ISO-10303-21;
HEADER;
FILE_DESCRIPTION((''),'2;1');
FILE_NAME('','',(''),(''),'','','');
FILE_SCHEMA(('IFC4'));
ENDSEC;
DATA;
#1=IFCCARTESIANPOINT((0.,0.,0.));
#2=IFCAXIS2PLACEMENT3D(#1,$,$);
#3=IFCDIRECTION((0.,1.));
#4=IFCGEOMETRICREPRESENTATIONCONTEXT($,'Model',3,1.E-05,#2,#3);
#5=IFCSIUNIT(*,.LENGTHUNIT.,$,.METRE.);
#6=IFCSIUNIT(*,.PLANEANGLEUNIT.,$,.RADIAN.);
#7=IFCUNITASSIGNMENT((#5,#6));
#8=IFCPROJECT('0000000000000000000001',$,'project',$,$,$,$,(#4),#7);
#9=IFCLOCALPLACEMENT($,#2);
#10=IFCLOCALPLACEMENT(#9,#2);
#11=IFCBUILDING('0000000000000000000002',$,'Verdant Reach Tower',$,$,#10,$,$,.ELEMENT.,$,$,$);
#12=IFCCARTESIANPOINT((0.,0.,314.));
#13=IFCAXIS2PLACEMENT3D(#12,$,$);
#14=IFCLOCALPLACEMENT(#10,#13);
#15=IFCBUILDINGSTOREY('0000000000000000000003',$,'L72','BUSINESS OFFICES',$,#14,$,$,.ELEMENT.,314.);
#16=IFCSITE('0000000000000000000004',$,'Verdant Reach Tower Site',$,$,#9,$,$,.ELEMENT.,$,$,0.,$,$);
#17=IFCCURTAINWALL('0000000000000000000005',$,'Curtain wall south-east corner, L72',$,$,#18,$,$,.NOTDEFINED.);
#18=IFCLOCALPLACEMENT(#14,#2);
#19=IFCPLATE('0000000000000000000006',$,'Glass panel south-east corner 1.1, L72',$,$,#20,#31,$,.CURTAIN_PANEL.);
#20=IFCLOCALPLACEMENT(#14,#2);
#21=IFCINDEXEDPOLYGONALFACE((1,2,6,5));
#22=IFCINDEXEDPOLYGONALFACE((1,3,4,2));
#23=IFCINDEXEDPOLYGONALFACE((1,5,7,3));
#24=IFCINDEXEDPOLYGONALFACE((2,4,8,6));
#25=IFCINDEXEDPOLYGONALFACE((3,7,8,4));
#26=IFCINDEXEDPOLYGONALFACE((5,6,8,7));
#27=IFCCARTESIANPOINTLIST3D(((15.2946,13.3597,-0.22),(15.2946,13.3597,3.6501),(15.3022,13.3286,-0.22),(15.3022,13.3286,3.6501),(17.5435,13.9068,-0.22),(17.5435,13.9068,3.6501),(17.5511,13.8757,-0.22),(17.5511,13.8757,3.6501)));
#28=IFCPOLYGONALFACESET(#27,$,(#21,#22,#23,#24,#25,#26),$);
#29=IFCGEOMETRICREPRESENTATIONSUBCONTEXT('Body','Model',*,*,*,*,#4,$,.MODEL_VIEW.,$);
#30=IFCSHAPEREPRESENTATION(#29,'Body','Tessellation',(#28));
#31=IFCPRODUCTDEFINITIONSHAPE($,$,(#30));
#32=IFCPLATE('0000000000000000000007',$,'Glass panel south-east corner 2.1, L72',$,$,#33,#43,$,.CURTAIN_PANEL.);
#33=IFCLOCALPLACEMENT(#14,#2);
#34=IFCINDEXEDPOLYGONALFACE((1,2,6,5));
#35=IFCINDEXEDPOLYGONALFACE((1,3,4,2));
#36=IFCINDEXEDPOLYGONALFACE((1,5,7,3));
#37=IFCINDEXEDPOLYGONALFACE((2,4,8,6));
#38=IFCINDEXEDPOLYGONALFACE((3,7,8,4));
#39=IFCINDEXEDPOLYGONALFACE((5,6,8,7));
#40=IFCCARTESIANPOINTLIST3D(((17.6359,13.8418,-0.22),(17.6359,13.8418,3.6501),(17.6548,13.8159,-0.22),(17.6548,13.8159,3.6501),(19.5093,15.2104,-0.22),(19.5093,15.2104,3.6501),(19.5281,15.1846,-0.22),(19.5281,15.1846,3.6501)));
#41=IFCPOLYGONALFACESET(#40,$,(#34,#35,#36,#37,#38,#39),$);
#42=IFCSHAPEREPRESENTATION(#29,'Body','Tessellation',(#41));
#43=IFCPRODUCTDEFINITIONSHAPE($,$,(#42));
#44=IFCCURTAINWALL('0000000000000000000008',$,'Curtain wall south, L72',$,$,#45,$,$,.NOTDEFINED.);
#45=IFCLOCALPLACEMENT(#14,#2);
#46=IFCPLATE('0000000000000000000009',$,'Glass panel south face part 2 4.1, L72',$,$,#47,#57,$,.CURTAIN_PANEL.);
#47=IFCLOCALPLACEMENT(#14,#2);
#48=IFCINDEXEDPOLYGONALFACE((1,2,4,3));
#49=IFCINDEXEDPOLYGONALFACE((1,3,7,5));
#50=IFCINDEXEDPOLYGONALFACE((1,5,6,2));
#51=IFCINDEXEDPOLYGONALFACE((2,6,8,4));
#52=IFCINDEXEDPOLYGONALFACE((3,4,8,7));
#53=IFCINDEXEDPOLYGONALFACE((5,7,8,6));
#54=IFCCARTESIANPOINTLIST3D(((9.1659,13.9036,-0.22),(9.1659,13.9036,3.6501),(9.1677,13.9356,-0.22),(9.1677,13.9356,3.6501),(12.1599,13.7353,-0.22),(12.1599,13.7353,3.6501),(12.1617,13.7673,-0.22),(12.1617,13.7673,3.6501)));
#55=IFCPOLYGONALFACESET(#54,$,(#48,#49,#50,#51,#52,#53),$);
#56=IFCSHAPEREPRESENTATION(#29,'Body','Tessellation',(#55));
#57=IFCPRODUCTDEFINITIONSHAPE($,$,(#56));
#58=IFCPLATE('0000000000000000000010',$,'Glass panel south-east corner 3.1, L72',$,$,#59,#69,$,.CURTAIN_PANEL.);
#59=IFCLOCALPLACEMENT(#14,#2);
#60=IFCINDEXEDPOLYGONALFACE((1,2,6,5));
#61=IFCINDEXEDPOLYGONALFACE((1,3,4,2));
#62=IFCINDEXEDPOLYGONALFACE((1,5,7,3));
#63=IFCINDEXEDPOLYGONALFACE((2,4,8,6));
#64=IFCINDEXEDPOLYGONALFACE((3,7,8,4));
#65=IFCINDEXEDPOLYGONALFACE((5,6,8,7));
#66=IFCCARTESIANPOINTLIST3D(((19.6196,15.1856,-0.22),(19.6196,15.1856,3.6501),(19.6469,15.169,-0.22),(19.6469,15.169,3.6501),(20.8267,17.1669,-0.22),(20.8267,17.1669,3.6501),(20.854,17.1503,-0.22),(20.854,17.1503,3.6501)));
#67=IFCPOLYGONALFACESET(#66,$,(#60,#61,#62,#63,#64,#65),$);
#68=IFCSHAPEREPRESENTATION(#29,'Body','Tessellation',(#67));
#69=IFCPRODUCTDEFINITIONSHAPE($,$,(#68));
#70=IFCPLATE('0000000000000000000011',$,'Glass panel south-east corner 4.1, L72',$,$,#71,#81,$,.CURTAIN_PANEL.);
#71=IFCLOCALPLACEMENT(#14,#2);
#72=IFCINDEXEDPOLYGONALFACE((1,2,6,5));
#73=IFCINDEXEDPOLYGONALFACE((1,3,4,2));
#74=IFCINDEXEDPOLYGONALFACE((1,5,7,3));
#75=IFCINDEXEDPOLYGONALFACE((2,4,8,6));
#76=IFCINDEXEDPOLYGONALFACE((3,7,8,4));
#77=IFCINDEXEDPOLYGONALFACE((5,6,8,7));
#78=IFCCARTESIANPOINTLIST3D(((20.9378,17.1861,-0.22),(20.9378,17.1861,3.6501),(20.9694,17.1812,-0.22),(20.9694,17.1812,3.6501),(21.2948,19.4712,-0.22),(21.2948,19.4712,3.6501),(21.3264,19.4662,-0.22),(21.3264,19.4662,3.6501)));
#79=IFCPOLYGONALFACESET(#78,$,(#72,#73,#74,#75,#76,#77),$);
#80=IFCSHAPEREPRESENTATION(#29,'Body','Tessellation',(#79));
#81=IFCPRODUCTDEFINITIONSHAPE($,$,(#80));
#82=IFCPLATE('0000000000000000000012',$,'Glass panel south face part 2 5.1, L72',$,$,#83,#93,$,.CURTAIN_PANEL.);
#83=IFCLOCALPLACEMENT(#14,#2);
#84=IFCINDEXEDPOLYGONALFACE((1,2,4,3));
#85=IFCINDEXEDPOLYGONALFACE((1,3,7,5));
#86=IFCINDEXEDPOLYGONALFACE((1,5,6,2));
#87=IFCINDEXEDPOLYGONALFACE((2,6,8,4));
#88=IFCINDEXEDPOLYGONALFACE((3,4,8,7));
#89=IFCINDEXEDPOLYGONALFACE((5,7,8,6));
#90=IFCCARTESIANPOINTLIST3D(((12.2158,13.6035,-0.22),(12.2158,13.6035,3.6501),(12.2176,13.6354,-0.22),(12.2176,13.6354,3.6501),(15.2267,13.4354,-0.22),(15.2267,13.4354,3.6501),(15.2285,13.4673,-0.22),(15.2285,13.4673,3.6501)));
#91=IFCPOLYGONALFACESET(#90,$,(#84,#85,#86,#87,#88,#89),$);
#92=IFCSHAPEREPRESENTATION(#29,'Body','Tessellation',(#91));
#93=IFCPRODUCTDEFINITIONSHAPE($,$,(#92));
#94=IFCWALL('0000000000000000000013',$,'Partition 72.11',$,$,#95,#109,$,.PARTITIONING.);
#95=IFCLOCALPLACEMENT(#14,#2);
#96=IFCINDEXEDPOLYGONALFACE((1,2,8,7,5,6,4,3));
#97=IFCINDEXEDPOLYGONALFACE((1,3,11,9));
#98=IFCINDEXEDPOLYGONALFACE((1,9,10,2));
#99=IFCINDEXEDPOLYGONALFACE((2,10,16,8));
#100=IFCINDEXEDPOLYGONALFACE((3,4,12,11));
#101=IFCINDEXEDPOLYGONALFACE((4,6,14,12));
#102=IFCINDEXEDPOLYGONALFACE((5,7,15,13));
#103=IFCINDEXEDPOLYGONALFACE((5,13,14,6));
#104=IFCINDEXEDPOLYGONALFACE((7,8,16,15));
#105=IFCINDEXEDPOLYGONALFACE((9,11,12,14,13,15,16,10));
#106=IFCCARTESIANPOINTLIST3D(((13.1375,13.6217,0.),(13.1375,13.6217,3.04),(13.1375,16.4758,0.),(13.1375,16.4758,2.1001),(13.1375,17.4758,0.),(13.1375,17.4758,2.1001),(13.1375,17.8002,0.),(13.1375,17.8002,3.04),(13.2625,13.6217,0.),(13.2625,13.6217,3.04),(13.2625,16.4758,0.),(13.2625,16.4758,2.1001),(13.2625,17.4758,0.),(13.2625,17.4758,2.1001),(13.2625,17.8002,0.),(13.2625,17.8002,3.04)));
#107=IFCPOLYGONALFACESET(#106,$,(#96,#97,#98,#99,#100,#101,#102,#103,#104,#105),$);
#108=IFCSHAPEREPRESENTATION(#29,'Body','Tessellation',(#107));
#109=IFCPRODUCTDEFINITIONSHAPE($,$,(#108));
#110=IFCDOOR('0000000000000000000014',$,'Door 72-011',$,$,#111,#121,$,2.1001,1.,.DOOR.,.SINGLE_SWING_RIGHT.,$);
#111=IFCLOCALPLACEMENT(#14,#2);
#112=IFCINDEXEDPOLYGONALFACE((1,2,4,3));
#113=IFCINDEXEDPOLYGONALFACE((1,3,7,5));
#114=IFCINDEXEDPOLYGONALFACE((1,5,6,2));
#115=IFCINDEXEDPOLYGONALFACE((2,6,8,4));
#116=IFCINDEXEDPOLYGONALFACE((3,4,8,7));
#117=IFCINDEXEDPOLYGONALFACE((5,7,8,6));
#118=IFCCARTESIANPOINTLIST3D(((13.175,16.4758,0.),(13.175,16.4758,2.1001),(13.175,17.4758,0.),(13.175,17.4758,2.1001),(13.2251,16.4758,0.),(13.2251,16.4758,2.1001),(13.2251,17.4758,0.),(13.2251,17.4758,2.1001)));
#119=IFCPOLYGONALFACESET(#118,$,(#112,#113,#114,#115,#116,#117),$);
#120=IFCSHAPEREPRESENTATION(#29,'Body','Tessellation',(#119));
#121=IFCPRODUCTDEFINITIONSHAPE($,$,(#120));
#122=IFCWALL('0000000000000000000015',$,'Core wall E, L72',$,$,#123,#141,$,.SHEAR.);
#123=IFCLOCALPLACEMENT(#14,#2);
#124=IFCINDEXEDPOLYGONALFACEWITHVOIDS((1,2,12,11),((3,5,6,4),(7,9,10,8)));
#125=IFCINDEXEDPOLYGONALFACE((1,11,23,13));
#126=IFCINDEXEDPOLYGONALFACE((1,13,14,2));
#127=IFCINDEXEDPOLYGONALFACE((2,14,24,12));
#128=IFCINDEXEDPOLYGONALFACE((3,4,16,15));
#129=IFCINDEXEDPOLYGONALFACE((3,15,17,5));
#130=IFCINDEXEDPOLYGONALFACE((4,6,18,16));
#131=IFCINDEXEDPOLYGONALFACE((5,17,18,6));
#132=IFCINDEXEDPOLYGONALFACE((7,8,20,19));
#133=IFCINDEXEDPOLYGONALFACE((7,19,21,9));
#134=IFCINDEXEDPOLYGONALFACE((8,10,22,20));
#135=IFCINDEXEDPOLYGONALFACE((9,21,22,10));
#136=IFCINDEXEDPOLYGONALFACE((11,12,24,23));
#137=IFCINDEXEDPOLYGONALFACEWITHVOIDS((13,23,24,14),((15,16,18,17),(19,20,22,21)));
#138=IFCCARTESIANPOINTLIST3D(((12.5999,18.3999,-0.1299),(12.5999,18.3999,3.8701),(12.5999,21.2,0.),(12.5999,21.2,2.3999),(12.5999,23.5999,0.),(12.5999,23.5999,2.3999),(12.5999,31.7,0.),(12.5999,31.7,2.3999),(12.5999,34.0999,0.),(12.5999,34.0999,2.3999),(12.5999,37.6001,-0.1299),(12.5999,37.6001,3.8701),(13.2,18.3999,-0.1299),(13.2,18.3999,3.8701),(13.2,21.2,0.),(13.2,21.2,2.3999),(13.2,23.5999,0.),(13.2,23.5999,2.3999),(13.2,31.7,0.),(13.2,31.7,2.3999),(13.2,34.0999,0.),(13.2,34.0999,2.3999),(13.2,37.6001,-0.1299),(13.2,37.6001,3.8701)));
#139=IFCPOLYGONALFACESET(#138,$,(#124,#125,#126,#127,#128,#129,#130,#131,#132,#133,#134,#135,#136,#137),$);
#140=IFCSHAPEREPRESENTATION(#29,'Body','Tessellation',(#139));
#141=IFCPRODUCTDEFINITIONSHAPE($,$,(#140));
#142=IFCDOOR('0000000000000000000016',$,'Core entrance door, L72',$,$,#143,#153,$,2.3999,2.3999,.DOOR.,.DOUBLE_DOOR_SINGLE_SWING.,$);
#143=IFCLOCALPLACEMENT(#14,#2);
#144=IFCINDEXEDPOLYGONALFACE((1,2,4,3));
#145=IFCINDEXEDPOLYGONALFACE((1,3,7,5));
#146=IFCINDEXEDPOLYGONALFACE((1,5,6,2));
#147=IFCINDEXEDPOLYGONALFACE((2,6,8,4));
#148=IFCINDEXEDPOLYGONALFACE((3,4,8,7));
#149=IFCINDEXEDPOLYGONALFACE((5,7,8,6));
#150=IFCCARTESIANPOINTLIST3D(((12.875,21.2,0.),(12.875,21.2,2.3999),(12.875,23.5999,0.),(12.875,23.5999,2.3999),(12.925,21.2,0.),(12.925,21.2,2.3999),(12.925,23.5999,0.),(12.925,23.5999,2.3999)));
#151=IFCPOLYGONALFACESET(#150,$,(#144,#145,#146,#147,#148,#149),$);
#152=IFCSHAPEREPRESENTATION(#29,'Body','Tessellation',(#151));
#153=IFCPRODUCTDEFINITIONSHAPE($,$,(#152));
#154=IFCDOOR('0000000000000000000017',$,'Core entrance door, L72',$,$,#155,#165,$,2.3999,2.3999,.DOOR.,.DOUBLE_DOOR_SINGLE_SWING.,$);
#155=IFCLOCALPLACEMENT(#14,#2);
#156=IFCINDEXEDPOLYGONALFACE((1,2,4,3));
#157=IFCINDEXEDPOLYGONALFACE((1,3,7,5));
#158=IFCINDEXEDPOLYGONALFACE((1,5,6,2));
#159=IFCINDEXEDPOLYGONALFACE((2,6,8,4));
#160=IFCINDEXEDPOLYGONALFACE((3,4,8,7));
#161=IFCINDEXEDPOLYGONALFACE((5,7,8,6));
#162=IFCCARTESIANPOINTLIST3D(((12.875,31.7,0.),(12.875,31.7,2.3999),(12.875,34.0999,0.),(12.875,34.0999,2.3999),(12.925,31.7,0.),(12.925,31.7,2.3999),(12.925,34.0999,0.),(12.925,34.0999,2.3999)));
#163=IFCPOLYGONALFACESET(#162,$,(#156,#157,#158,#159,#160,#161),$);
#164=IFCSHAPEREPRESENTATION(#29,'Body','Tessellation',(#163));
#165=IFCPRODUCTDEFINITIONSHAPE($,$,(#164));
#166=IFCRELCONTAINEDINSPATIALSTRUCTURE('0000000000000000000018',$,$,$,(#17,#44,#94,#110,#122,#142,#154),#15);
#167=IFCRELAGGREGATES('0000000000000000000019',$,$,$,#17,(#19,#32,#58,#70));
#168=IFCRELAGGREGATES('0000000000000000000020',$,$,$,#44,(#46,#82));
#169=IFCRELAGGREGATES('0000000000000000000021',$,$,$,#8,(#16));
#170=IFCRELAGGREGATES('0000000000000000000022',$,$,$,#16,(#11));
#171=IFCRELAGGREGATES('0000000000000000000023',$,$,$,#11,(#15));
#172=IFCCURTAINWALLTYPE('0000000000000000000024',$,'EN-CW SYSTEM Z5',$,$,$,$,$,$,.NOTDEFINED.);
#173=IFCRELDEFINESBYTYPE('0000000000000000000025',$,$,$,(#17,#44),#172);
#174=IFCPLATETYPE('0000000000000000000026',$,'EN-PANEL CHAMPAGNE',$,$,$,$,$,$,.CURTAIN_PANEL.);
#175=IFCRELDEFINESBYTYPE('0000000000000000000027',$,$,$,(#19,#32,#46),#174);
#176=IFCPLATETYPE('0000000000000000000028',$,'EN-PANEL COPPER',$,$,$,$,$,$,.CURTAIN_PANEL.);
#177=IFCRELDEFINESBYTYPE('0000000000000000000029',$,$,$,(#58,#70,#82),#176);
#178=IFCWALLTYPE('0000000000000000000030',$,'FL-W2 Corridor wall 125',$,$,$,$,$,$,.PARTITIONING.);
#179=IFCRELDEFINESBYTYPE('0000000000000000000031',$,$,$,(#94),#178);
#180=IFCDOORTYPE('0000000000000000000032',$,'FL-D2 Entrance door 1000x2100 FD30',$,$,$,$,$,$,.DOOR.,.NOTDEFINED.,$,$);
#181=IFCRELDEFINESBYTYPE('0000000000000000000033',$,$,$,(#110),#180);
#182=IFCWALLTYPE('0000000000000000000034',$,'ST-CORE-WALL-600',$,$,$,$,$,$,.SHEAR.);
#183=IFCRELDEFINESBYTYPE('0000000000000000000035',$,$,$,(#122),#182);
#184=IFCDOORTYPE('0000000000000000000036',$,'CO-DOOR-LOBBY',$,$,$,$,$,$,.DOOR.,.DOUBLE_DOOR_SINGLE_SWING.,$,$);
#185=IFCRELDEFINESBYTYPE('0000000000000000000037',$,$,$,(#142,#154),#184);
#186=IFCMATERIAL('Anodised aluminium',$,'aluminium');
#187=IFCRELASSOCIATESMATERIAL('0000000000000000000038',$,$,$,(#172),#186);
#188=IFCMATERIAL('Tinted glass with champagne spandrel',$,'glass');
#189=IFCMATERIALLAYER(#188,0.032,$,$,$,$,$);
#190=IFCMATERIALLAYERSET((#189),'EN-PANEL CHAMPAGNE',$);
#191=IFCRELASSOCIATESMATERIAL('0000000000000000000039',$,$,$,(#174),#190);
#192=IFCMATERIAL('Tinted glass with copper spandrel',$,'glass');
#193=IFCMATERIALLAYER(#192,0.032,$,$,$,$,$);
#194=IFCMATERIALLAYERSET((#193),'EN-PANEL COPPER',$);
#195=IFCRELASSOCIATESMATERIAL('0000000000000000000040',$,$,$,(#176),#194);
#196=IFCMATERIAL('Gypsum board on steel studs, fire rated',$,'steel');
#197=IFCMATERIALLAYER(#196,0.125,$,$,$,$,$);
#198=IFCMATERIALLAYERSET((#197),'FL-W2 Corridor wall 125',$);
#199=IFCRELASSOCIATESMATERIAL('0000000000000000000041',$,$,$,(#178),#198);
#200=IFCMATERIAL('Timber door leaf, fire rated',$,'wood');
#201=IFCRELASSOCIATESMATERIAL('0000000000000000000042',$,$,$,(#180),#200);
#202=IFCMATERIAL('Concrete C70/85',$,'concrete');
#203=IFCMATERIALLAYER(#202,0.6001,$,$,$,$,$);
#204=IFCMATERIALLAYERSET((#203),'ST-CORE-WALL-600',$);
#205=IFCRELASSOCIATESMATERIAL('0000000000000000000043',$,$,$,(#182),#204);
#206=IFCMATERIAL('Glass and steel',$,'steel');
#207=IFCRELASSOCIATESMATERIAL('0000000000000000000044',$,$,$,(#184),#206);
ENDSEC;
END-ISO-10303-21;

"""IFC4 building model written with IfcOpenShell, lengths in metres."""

from ifc_helpers import new_model, si_unit, direction, frame, frame_2d, origin, origin_2d, place, context, subcontext, project, spatial, rectangle, extrude, material, layer, layer_set, type_object, element, fill, aggregate, save


model = new_model("IFC4")

# Units and contexts
model_context = context("Model", 3, precision=1e-05, world=origin(), true_north=direction((0.0, 1.0)))
body_context = subcontext(model_context, "Body", "Model", "MODEL_VIEW")
ifc_project = project(units=[si_unit("LENGTHUNIT", "METRE"), si_unit("PLANEANGLEUNIT", "RADIAN")], contexts=[model_context])

# Site, building, storey
site_placement = place(None, origin())
site = spatial("IfcSite", under=ifc_project, at=site_placement, Name="Verdant Reach Tower Site", CompositionType="ELEMENT", RefElevation=0.0)
building_placement = place(site_placement, origin())
building = spatial("IfcBuilding", under=site, at=building_placement, Name="Verdant Reach Tower", CompositionType="ELEMENT")
storey_placement = place(building_placement, frame((0.0, 0.0, 314.0)))
storey = spatial("IfcBuildingStorey", under=building, at=storey_placement, Name="L72", Description="BUSINESS OFFICES", CompositionType="ELEMENT", Elevation=314.0)

# Curtain wall, plates
ifc_material_1 = material(Name="Anodised aluminium", Category="aluminium")
curtain_wall_type = type_object("IfcCurtainWallType", Name="EN-CW SYSTEM Z5", PredefinedType="NOTDEFINED", material=ifc_material_1)
curtain_wall_1_placement = place(storey_placement, origin())
curtain_wall_1 = element("IfcCurtainWall", 1, at=curtain_wall_1_placement, inside=storey, type_object=curtain_wall_type, Name="Curtain wall south-east corner, L72", PredefinedType="NOTDEFINED")
ifc_material_2 = material(Name="Tinted glass with champagne spandrel", Category="glass")
ifc_layer_1 = layer(ifc_material_2, 0.032)
ifc_layer_set_1 = layer_set([ifc_layer_1], Name="EN-PANEL CHAMPAGNE")
plate_type_1 = type_object("IfcPlateType", Name="EN-PANEL CHAMPAGNE", PredefinedType="CURTAIN_PANEL", material=ifc_layer_set_1)
plate_1_placement = place(storey_placement, frame((16.4229, 13.6177, -0.22), z_axis=(0.0, 0.0, 1.0), x_axis=(0.971662, 0.236376, 0.0)))
plate_1 = element("IfcPlate", 2, at=plate_1_placement, type_object=plate_type_1, Name="Glass panel south-east corner 1.1, L72", PredefinedType="CURTAIN_PANEL", context=body_context, shape_type="SweptSolid", body=[
    extrude(rectangle(XDim=2.3145, YDim=0.032, at=origin_2d()), origin(), (0.0, 0.0, 1.0), 3.8701),
])
plate_2_placement = place(storey_placement, frame((18.582, 14.5132, -0.22), z_axis=(0.0, 0.0, 1.0), x_axis=(0.807457, 0.589927, 0.0)))
plate_2 = element("IfcPlate", 3, at=plate_2_placement, type_object=plate_type_1, Name="Glass panel south-east corner 2.1, L72", PredefinedType="CURTAIN_PANEL", context=body_context, shape_type="SweptSolid", body=[
    extrude(rectangle(XDim=2.3201, YDim=0.032, at=origin_2d()), origin(), (0.0, 0.0, 1.0), 3.8701),
])

# Curtain wall, plate
curtain_wall_2_placement = place(storey_placement, origin())
curtain_wall_2 = element("IfcCurtainWall", 4, at=curtain_wall_2_placement, inside=storey, type_object=curtain_wall_type, Name="Curtain wall south, L72", PredefinedType="NOTDEFINED")
plate_3_placement = place(storey_placement, frame((10.6638, 13.8354, -0.22), z_axis=(0.0, 0.0, 1.0), x_axis=(0.998424, -0.056128, 0.0)))
plate_3 = element("IfcPlate", 5, at=plate_3_placement, type_object=plate_type_1, Name="Glass panel south face part 2 4.1, L72", PredefinedType="CURTAIN_PANEL", context=body_context, shape_type="SweptSolid", body=[
    extrude(rectangle(XDim=2.9988, YDim=0.032, at=origin_2d()), origin(), (0.0, 0.0, 1.0), 3.8701),
])

# Plates
ifc_material_3 = material(Name="Tinted glass with copper spandrel", Category="glass")
ifc_layer_2 = layer(ifc_material_3, 0.032)
ifc_layer_set_2 = layer_set([ifc_layer_2], Name="EN-PANEL COPPER")
plate_type_2 = type_object("IfcPlateType", Name="EN-PANEL COPPER", PredefinedType="CURTAIN_PANEL", material=ifc_layer_set_2)
plate_4_placement = place(storey_placement, frame((20.2368, 16.168, -0.22), z_axis=(0.0, 0.0, 1.0), x_axis=(0.520292, 0.853989, 0.0)))
plate_4 = element("IfcPlate", 6, at=plate_4_placement, type_object=plate_type_2, Name="Glass panel south-east corner 3.1, L72", PredefinedType="CURTAIN_PANEL", context=body_context, shape_type="SweptSolid", body=[
    extrude(rectangle(XDim=2.3201, YDim=0.032, at=origin_2d()), origin(), (0.0, 0.0, 1.0), 3.8701),
])
plate_5_placement = place(storey_placement, frame((21.1321, 18.3262, -0.22), z_axis=(0.0, 0.0, 1.0), x_axis=(0.154337, 0.988018, 0.0)))
plate_5 = element("IfcPlate", 7, at=plate_5_placement, type_object=plate_type_2, Name="Glass panel south-east corner 4.1, L72", PredefinedType="CURTAIN_PANEL", context=body_context, shape_type="SweptSolid", body=[
    extrude(rectangle(XDim=2.3127, YDim=0.032, at=origin_2d()), origin(), (0.0, 0.0, 1.0), 3.8701),
])
aggregate(curtain_wall_1, [plate_1, plate_2, plate_4, plate_5])
plate_6_placement = place(storey_placement, frame((13.7222, 13.5354, -0.22), z_axis=(0.0, 0.0, 1.0), x_axis=(0.998446, -0.055725, 0.0)))
plate_6 = element("IfcPlate", 8, at=plate_6_placement, type_object=plate_type_2, Name="Glass panel south face part 2 5.1, L72", PredefinedType="CURTAIN_PANEL", context=body_context, shape_type="SweptSolid", body=[
    extrude(rectangle(XDim=3.0156, YDim=0.032, at=origin_2d()), origin(), (0.0, 0.0, 1.0), 3.8701),
])
aggregate(curtain_wall_2, [plate_3, plate_6])

# Wall, opening, door
ifc_material_4 = material(Name="Gypsum board on steel studs, fire rated", Category="steel")
ifc_layer_3 = layer(ifc_material_4, 0.125)
ifc_layer_set_3 = layer_set([ifc_layer_3], Name="FL-W2 Corridor wall 125")
wall_type_1 = type_object("IfcWallType", Name="FL-W2 Corridor wall 125", PredefinedType="PARTITIONING", material=ifc_layer_set_3)
wall_1_placement = place(storey_placement, frame((13.2, 13.6216, 0.0), z_axis=(0.0, 0.0, 1.0), x_axis=(0.0, 1.0, 0.0)))
wall_1 = element("IfcWall", 9, at=wall_1_placement, inside=storey, type_object=wall_type_1, Name="Partition 72.11", PredefinedType="PARTITIONING", context=body_context, shape_type="SweptSolid", body=[
    extrude(rectangle(XDim=4.1785, YDim=0.125, at=frame_2d((2.0894, 0.0))), origin(), (0.0, 0.0, 1.0), 3.04),
])
opening_1_placement = place(wall_1_placement, frame((2.8542, 0.0, 0.0)))
opening_1 = element("IfcOpeningElement", 10, at=opening_1_placement, cuts=wall_1, PredefinedType="OPENING", context=body_context, shape_type="SweptSolid", body=[
    extrude(rectangle(XDim=1.0, YDim=2.1001, at=frame_2d((0.5, 1.05))), frame((0.0, 0.0725, 0.0), z_axis=(0.0, -1.0, 0.0), x_axis=(1.0, 0.0, 0.0)), (0.0, 0.0, 1.0), 0.145),
])
ifc_material_5 = material(Name="Timber door leaf, fire rated", Category="wood")
door_type_1 = type_object("IfcDoorType", Name="FL-D2 Entrance door 1000x2100 FD30", OperationType="NOTDEFINED", PredefinedType="DOOR", material=ifc_material_5)
door_1_placement = place(opening_1_placement, origin())
door_1 = element("IfcDoor", 11, at=door_1_placement, inside=storey, type_object=door_type_1, Name="Door 72-011", OperationType="SINGLE_SWING_RIGHT", OverallHeight=2.1001, OverallWidth=1.0, PredefinedType="DOOR", context=body_context, shape_type="SweptSolid", body=[
    extrude(rectangle(XDim=1.0, YDim=2.1001, at=frame_2d((0.5, 1.05))), frame((0.0, 0.0249, 0.0), z_axis=(0.0, -1.0, 0.0), x_axis=(1.0, 0.0, 0.0)), (0.0, 0.0, 1.0), 0.05),
])
fill(opening_1, door_1)

# Wall, openings, doors
ifc_material_6 = material(Name="Concrete C70/85", Category="concrete")
ifc_layer_4 = layer(ifc_material_6, 0.6001)
ifc_layer_set_4 = layer_set([ifc_layer_4], Name="ST-CORE-WALL-600")
wall_type_2 = type_object("IfcWallType", Name="ST-CORE-WALL-600", PredefinedType="SHEAR", material=ifc_layer_set_4)
wall_2_placement = place(storey_placement, frame((12.8999, 18.3999, -0.1299), z_axis=(0.0, 0.0, 1.0), x_axis=(0.0, 1.0, 0.0)))
wall_2 = element("IfcWall", 12, at=wall_2_placement, inside=storey, type_object=wall_type_2, Name="Core wall E, L72", PredefinedType="SHEAR", context=body_context, shape_type="SweptSolid", body=[
    extrude(rectangle(XDim=19.2002, YDim=0.6001, at=frame_2d((9.6001, 0.0))), origin(), (0.0, 0.0, 1.0), 4.0),
])
opening_2_placement = place(wall_2_placement, frame((2.8, 0.0, 0.1299)))
opening_2 = element("IfcOpeningElement", 13, at=opening_2_placement, cuts=wall_2, PredefinedType="OPENING", context=body_context, shape_type="SweptSolid", body=[
    extrude(rectangle(XDim=2.3999, YDim=2.3999, at=frame_2d((1.2, 1.2))), frame((0.0, 0.3101, 0.0), z_axis=(0.0, -1.0, 0.0), x_axis=(1.0, 0.0, 0.0)), (0.0, 0.0, 1.0), 0.6201),
])
opening_3_placement = place(wall_2_placement, frame((13.3, 0.0, 0.1299)))
opening_3 = element("IfcOpeningElement", 14, at=opening_3_placement, cuts=wall_2, PredefinedType="OPENING", context=body_context, shape_type="SweptSolid", body=[
    extrude(rectangle(XDim=2.3999, YDim=2.3999, at=frame_2d((1.2, 1.2))), frame((0.0, 0.3101, 0.0), z_axis=(0.0, -1.0, 0.0), x_axis=(1.0, 0.0, 0.0)), (0.0, 0.0, 1.0), 0.6201),
])
ifc_material_7 = material(Name="Glass and steel", Category="steel")
door_type_2 = type_object("IfcDoorType", Name="CO-DOOR-LOBBY", OperationType="DOUBLE_DOOR_SINGLE_SWING", PredefinedType="DOOR", material=ifc_material_7)
door_2_placement = place(opening_2_placement, origin())
door_2 = element("IfcDoor", 15, at=door_2_placement, inside=storey, type_object=door_type_2, Name="Core entrance door, L72", OperationType="DOUBLE_DOOR_SINGLE_SWING", OverallHeight=2.3999, OverallWidth=2.3999, PredefinedType="DOOR", context=body_context, shape_type="SweptSolid", body=[
    extrude(rectangle(XDim=2.3999, YDim=2.3999, at=frame_2d((1.2, 1.2))), frame((0.0, 0.0249, 0.0), z_axis=(0.0, -1.0, 0.0), x_axis=(1.0, 0.0, 0.0)), (0.0, 0.0, 1.0), 0.05),
])
fill(opening_2, door_2)
door_3_placement = place(opening_3_placement, origin())
door_3 = element("IfcDoor", 16, at=door_3_placement, inside=storey, type_object=door_type_2, Name="Core entrance door, L72", OperationType="DOUBLE_DOOR_SINGLE_SWING", OverallHeight=2.3999, OverallWidth=2.3999, PredefinedType="DOOR", context=body_context, shape_type="SweptSolid", body=[
    extrude(rectangle(XDim=2.3999, YDim=2.3999, at=frame_2d((1.2, 1.2))), frame((0.0, 0.0249, 0.0), z_axis=(0.0, -1.0, 0.0), x_axis=(1.0, 0.0, 0.0)), (0.0, 0.0, 1.0), 0.05),
])
fill(opening_3, door_3)

save(model, "model.ifc")
